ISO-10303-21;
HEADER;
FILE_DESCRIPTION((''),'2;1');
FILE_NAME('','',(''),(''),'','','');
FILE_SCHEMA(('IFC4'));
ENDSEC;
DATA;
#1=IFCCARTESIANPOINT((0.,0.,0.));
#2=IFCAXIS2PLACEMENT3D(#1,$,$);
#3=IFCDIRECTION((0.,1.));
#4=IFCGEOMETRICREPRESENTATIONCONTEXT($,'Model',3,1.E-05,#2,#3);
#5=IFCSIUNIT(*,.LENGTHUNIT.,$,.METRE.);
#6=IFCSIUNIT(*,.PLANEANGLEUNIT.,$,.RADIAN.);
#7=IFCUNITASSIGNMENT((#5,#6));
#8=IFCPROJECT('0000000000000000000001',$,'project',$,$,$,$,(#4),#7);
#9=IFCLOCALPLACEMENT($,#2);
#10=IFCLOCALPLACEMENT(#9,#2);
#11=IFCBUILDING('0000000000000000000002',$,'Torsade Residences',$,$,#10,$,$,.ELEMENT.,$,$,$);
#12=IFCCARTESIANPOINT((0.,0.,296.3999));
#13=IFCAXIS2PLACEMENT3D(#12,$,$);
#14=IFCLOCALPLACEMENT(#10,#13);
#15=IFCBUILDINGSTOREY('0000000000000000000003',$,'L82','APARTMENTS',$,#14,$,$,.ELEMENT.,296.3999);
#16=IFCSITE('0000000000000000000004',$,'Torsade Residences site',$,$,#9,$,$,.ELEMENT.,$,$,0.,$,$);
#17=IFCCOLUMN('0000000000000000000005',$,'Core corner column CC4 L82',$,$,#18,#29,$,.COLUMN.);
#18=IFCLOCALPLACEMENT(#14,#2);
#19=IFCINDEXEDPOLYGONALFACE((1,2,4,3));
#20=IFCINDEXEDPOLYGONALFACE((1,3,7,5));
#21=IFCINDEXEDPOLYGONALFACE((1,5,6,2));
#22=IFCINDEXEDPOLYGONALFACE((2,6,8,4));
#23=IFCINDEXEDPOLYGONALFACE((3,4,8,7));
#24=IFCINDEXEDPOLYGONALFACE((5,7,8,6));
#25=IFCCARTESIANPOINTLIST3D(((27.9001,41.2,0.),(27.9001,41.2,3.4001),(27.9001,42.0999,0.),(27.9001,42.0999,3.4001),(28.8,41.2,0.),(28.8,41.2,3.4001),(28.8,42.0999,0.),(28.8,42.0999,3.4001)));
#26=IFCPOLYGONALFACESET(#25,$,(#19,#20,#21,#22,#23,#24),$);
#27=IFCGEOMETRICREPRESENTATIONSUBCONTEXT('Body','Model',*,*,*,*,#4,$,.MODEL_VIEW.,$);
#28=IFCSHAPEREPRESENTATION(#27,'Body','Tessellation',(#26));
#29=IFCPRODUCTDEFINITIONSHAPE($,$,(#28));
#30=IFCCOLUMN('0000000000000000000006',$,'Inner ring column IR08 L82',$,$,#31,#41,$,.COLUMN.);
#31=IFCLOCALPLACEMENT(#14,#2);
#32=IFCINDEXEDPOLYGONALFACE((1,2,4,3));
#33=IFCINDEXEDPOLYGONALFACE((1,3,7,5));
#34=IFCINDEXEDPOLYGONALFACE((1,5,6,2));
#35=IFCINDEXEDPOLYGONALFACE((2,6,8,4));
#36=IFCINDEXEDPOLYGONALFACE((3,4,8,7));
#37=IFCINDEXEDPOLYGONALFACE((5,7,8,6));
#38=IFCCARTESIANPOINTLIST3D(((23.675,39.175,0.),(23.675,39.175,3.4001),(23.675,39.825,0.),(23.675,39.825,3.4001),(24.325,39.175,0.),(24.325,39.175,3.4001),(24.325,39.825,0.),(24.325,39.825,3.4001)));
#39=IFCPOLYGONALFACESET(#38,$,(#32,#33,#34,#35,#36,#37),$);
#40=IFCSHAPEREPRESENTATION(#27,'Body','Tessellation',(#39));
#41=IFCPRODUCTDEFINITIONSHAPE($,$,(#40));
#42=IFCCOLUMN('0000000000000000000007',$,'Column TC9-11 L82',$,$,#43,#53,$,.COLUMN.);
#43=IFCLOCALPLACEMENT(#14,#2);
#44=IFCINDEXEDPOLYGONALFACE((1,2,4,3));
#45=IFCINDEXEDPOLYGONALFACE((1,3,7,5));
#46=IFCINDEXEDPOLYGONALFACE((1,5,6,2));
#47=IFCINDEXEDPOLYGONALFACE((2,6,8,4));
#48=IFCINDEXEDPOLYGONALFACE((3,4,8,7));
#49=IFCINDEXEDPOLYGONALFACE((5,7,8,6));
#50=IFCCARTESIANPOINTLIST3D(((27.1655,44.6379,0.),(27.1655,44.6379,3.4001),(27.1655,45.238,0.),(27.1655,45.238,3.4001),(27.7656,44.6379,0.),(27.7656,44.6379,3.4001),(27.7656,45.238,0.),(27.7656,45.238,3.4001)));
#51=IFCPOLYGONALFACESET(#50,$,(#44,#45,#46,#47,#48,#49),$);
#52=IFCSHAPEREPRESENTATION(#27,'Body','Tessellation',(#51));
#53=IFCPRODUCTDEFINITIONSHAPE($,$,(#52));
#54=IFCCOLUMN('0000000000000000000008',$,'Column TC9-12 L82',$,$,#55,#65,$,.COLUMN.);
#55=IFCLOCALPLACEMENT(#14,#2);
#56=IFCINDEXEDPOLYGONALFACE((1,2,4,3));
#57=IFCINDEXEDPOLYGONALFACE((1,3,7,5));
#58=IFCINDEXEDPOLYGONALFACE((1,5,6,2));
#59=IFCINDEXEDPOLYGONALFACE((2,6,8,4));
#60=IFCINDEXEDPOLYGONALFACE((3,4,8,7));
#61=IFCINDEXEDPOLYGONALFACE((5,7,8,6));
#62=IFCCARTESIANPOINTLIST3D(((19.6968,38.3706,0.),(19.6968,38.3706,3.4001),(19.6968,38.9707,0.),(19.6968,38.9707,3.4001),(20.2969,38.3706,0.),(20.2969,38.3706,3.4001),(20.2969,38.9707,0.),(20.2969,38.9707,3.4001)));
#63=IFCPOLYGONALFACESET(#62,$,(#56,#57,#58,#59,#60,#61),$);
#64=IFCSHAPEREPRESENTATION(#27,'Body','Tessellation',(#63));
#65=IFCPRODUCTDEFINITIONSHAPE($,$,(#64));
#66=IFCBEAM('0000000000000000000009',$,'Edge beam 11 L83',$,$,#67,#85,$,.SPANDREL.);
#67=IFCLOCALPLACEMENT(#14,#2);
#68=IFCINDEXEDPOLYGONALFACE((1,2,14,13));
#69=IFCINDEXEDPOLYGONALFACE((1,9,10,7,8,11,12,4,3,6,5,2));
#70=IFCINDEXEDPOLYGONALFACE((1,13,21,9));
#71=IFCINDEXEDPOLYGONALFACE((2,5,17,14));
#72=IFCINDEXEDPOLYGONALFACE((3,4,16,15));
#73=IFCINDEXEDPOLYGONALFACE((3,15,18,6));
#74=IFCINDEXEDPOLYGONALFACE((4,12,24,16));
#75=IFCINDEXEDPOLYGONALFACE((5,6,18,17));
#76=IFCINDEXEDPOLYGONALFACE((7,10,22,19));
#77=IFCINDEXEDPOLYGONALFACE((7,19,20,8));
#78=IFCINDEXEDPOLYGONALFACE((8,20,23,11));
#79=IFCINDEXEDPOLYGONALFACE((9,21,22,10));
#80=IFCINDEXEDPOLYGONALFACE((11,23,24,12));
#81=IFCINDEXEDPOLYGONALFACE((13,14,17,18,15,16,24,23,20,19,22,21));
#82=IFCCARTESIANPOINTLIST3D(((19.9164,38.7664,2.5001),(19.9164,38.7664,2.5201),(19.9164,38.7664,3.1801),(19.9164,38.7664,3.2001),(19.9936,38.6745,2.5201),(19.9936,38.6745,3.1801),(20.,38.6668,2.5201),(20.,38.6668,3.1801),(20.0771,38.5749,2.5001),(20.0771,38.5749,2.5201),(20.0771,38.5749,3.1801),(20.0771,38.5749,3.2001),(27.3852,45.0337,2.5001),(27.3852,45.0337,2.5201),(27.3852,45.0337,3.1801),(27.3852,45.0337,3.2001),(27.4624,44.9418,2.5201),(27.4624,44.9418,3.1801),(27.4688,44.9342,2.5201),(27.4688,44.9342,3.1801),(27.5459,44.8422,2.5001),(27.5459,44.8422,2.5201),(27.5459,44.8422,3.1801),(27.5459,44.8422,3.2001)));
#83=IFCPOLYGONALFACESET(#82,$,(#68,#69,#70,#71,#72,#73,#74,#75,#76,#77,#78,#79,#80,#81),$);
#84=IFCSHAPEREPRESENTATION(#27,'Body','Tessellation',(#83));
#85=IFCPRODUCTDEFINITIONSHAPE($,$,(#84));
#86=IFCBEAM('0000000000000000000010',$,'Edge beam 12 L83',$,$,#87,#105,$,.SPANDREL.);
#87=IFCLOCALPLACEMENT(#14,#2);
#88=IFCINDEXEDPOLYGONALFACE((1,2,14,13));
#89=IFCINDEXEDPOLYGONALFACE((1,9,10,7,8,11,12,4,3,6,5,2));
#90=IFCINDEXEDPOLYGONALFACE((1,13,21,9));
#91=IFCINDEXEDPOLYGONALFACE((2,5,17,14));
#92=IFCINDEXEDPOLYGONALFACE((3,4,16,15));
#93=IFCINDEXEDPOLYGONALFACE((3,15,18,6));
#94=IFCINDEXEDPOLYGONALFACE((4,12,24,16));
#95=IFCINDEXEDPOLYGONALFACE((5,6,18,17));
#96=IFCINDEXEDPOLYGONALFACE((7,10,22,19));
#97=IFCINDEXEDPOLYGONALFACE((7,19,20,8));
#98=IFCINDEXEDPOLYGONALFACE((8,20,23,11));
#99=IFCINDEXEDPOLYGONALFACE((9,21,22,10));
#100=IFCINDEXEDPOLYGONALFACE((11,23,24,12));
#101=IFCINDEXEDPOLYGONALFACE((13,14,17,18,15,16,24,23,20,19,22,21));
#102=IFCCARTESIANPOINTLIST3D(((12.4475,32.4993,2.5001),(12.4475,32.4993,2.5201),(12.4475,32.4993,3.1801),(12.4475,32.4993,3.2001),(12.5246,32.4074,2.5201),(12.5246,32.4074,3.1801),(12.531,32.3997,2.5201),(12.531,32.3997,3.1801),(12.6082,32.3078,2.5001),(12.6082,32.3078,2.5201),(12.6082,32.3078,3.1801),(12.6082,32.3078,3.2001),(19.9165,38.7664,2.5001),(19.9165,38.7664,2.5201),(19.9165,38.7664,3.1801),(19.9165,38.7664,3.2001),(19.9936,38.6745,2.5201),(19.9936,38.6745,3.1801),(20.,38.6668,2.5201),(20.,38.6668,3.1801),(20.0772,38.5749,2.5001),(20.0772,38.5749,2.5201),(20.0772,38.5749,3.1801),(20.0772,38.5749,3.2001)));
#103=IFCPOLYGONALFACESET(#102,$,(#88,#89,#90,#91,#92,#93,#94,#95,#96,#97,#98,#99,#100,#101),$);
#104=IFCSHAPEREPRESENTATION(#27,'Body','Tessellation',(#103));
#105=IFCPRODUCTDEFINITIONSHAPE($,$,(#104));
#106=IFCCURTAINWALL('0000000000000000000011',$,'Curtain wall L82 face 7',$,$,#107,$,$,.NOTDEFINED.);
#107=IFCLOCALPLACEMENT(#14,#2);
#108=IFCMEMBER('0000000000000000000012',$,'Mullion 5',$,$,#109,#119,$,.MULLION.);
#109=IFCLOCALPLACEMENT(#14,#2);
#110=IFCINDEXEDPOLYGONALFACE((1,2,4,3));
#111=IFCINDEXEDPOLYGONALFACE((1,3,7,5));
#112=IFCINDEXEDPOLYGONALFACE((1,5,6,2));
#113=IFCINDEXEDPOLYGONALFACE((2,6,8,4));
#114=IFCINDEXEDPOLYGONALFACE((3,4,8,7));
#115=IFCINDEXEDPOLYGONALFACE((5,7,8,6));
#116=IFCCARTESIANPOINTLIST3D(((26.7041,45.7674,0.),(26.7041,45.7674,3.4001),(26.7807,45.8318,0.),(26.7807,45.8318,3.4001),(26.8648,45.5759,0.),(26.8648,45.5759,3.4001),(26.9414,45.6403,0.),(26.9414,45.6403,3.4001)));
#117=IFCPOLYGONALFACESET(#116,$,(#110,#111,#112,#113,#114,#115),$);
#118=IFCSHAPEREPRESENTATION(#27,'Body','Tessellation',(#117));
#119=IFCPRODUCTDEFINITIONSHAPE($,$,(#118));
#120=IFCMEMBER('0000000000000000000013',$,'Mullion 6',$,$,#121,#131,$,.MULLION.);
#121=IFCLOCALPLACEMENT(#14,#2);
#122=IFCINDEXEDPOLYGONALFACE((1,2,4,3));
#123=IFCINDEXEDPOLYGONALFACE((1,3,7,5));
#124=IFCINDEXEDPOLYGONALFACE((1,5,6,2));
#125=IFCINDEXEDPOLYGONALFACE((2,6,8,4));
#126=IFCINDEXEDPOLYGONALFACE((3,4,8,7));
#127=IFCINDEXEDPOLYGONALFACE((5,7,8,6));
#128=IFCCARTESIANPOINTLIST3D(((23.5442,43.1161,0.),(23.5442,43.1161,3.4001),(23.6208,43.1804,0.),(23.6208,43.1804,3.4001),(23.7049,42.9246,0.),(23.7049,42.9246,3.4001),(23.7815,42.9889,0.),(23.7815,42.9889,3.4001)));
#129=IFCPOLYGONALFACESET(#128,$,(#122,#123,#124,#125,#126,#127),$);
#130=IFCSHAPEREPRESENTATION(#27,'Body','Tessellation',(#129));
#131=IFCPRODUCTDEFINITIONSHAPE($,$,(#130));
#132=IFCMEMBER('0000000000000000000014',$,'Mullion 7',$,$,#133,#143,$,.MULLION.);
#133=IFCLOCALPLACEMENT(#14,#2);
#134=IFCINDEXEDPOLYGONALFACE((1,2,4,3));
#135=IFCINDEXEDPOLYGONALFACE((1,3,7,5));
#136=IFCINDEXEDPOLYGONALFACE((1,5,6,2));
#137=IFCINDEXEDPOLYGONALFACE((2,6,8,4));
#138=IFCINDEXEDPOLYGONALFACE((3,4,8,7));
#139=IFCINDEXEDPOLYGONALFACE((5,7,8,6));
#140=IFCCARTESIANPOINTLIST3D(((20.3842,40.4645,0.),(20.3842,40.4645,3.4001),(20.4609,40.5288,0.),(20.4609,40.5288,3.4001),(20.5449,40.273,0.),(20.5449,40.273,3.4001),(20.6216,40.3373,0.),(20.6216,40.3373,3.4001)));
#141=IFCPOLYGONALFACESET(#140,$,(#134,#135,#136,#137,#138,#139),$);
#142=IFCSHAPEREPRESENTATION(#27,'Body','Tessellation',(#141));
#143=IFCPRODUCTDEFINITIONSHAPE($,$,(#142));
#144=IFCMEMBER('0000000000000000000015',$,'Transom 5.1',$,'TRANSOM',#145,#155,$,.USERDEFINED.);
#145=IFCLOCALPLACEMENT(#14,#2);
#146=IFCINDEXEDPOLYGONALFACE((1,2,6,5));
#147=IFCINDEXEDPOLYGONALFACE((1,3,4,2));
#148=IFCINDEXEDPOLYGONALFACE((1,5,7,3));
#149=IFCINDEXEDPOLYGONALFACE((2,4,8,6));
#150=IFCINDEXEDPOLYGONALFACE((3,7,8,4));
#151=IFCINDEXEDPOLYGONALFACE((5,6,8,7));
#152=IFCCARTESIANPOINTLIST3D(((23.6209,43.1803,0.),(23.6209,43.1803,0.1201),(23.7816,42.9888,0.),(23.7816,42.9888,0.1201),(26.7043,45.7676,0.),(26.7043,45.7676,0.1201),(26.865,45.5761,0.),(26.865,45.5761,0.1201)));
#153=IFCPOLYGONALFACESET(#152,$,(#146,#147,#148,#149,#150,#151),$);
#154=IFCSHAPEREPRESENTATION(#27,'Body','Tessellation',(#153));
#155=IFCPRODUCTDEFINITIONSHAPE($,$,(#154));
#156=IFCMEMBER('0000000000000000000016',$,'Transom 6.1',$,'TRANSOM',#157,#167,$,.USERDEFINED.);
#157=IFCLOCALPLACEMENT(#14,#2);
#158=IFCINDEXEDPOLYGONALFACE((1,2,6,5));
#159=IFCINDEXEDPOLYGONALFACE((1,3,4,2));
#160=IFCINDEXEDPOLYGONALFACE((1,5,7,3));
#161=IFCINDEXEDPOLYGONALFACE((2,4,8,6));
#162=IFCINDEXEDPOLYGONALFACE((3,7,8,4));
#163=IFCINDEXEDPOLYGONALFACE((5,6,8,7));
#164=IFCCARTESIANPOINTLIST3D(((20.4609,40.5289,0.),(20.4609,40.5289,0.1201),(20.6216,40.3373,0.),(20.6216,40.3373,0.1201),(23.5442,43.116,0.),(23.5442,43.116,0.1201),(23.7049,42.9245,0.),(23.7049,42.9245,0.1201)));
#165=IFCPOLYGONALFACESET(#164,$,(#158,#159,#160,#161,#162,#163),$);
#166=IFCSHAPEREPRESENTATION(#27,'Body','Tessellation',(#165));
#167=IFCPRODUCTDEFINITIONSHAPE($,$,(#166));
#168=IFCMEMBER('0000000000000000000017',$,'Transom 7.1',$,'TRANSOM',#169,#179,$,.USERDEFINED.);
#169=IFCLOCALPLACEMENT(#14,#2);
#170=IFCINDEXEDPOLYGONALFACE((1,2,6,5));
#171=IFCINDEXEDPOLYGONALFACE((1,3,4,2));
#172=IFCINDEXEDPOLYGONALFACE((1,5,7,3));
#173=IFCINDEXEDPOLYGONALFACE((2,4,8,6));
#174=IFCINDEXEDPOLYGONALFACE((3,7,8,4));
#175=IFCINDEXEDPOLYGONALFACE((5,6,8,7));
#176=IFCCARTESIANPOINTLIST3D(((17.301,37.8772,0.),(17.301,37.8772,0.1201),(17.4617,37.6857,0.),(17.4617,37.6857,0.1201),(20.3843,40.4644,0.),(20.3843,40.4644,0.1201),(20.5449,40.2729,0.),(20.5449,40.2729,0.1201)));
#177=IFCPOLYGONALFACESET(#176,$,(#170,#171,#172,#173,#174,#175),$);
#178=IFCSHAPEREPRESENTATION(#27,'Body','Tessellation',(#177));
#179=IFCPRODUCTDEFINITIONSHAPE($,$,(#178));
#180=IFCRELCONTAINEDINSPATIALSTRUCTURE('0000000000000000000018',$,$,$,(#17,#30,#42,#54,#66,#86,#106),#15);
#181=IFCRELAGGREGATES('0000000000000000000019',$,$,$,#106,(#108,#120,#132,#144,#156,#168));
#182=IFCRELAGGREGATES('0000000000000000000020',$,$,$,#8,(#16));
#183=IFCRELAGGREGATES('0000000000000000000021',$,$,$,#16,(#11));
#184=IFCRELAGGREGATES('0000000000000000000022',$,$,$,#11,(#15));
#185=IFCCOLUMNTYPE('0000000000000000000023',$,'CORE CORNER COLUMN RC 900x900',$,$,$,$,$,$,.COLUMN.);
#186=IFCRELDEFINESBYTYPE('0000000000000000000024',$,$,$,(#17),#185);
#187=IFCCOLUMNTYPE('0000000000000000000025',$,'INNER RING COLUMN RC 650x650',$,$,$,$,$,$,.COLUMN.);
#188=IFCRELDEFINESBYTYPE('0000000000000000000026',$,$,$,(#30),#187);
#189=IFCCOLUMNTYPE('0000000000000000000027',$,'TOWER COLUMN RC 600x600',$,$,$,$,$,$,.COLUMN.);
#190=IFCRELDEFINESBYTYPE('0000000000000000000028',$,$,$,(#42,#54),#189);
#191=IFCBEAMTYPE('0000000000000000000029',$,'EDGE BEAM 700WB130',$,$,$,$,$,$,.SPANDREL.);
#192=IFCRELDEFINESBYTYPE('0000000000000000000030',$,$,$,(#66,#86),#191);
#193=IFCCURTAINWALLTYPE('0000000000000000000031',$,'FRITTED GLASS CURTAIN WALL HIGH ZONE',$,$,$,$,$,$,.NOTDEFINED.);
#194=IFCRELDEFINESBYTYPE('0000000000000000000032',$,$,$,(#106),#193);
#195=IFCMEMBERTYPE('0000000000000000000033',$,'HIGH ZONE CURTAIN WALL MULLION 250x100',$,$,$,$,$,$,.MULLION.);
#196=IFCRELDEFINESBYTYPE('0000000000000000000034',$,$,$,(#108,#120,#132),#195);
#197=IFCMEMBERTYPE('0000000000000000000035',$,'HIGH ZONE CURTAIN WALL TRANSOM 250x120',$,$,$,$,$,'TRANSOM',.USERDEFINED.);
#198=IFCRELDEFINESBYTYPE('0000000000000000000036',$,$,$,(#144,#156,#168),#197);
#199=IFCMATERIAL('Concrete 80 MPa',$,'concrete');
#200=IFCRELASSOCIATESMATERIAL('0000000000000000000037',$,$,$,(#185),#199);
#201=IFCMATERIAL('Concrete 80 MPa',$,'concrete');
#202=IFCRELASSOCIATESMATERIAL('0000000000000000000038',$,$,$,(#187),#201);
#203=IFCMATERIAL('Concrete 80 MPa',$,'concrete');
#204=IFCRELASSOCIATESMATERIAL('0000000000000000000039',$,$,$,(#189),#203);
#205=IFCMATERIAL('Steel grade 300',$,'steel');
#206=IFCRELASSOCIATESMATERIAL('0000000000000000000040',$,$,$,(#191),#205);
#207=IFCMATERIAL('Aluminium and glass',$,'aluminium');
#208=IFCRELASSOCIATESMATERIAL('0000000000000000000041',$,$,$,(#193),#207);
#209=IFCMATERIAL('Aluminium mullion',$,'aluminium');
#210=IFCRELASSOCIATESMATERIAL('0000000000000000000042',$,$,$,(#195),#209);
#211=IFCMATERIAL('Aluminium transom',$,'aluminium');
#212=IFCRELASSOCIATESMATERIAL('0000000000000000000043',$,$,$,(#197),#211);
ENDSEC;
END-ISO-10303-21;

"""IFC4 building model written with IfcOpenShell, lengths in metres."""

from ifc_helpers import new_model, si_unit, direction, frame, origin, origin_2d, place, context, subcontext, project, spatial, rectangle, i_section, extrude, material, material_profile, profile_set, type_object, element, aggregate, save


model = new_model("IFC4")

# Units and contexts
model_context = context("Model", 3, precision=1e-05, world=origin(), true_north=direction((0.0, 1.0)))
body_context = subcontext(model_context, "Body", "Model", "MODEL_VIEW")
ifc_project = project(units=[si_unit("LENGTHUNIT", "METRE"), si_unit("PLANEANGLEUNIT", "RADIAN")], contexts=[model_context])

# Site, building, storey
site_placement = place(None, origin())
site = spatial("IfcSite", under=ifc_project, at=site_placement, Name="Torsade Residences site", CompositionType="ELEMENT", RefElevation=0.0)
building_placement = place(site_placement, origin())
building = spatial("IfcBuilding", under=site, at=building_placement, Name="Torsade Residences", CompositionType="ELEMENT")
storey_placement = place(building_placement, frame((0.0, 0.0, 296.3999)))
storey = spatial("IfcBuildingStorey", under=building, at=storey_placement, Name="L82", Description="APARTMENTS", CompositionType="ELEMENT", Elevation=296.3999)

# Columns
ifc_material_1 = material(Name="Concrete 80 MPa", Category="concrete")
ifc_material_profile_1 = material_profile(ifc_material_1, rectangle(XDim=0.8999, YDim=0.8999, at=origin_2d()), Name="RC 900x900")
ifc_profile_set_1 = profile_set([ifc_material_profile_1], Name="Concrete 80 MPa")
column_type_1 = type_object("IfcColumnType", Name="CORE CORNER COLUMN RC 900x900", PredefinedType="COLUMN", material=ifc_profile_set_1)
column_1_placement = place(storey_placement, frame((28.3501, 41.6499, 0.0), z_axis=(0.0, 0.0, 1.0), x_axis=(1.0, 0.0, 0.0)))
element("IfcColumn", 1, at=column_1_placement, inside=storey, type_object=column_type_1, Name="Core corner column CC4 L82", PredefinedType="COLUMN", context=body_context, shape_type="SweptSolid", body=[
    extrude(rectangle(XDim=0.8999, YDim=0.8999, at=origin_2d()), origin(), (0.0, 0.0, 1.0), 3.4001),
])
ifc_material_2 = material(Name="Concrete 80 MPa", Category="concrete")
ifc_material_profile_2 = material_profile(ifc_material_2, rectangle(XDim=0.6499, YDim=0.6499, at=origin_2d()), Name="RC 650x650")
ifc_profile_set_2 = profile_set([ifc_material_profile_2], Name="Concrete 80 MPa")
column_type_2 = type_object("IfcColumnType", Name="INNER RING COLUMN RC 650x650", PredefinedType="COLUMN", material=ifc_profile_set_2)
column_2_placement = place(storey_placement, frame((24.0, 39.5, 0.0), z_axis=(0.0, 0.0, 1.0), x_axis=(1.0, 0.0, 0.0)))
element("IfcColumn", 2, at=column_2_placement, inside=storey, type_object=column_type_2, Name="Inner ring column IR08 L82", PredefinedType="COLUMN", context=body_context, shape_type="SweptSolid", body=[
    extrude(rectangle(XDim=0.6499, YDim=0.6499, at=origin_2d()), origin(), (0.0, 0.0, 1.0), 3.4001),
])
ifc_material_3 = material(Name="Concrete 80 MPa", Category="concrete")
ifc_material_profile_3 = material_profile(ifc_material_3, rectangle(XDim=0.6001, YDim=0.6001, at=origin_2d()), Name="RC 600x600")
ifc_profile_set_3 = profile_set([ifc_material_profile_3], Name="Concrete 80 MPa")
column_type_3 = type_object("IfcColumnType", Name="TOWER COLUMN RC 600x600", PredefinedType="COLUMN", material=ifc_profile_set_3)
for number, where, z_axis, x_axis, name in (
    (3, (27.4656, 44.938, 0.0), (0.0, 0.0, 1.0), (1.0, 0.0, 0.0), "Column TC9-11 L82"),
    (4, (19.9968, 38.6707, 0.0), (0.0, 0.0, 1.0), (1.0, 0.0, 0.0), "Column TC9-12 L82"),
):
    element("IfcColumn", number, at=place(storey_placement, frame(where, z_axis=z_axis, x_axis=x_axis)), inside=storey, type_object=column_type_3, Name=name, PredefinedType="COLUMN", context=body_context, shape_type="SweptSolid", body=[
        extrude(rectangle(XDim=0.6001, YDim=0.6001, at=origin_2d()), origin(), (0.0, 0.0, 1.0), 3.4001),
    ])

# Beams
ifc_material_4 = material(Name="Steel grade 300", Category="steel")
ifc_material_profile_4 = material_profile(ifc_material_4, i_section(OverallWidth=0.25, OverallDepth=0.7, WebThickness=0.01, FlangeThickness=0.02, at=origin_2d()), Name="700WB130")
ifc_profile_set_4 = profile_set([ifc_material_profile_4], Name="Steel grade 300")
beam_type_1 = type_object("IfcBeamType", Name="EDGE BEAM 700WB130", PredefinedType="SPANDREL", material=ifc_profile_set_4)
for number, where, z_axis, x_axis, name in (
    (5, (27.4656, 44.938, 2.8501), (-0.766029, -0.642806, 0.0), (0.642806, -0.766029, 0.0), "Edge beam 11 L83"),
    (6, (19.9968, 38.6707, 2.8501), (-0.766052, -0.642779, 0.0), (0.642779, -0.766052, 0.0), "Edge beam 12 L83"),
):
    element("IfcBeam", number, at=place(storey_placement, frame(where, z_axis=z_axis, x_axis=x_axis)), inside=storey, type_object=beam_type_1, Name=name, PredefinedType="SPANDREL", context=body_context, shape_type="SweptSolid", body=[
        extrude(i_section(OverallWidth=0.25, OverallDepth=0.7, WebThickness=0.01, FlangeThickness=0.02, at=origin_2d()), origin(), (0.0, 0.0, 1.0), 9.75),
    ])

# Curtain wall, members
ifc_material_5 = material(Name="Aluminium and glass", Category="aluminium")
curtain_wall_type = type_object("IfcCurtainWallType", Name="FRITTED GLASS CURTAIN WALL HIGH ZONE", PredefinedType="NOTDEFINED", material=ifc_material_5)
curtain_wall_placement = place(storey_placement, origin())
curtain_wall = element("IfcCurtainWall", 7, at=curtain_wall_placement, inside=storey, type_object=curtain_wall_type, Name="Curtain wall L82 face 7", PredefinedType="NOTDEFINED")
ifc_material_6 = material(Name="Aluminium mullion", Category="aluminium")
ifc_material_profile_5 = material_profile(ifc_material_6, rectangle(XDim=0.25, YDim=0.1001, at=origin_2d()), Name="HIGH ZONE CURTAIN WALL MULLION 250x100")
ifc_profile_set_5 = profile_set([ifc_material_profile_5], Name="Aluminium mullion")
member_type_1 = type_object("IfcMemberType", Name="HIGH ZONE CURTAIN WALL MULLION 250x100", PredefinedType="MULLION", material=ifc_profile_set_5)
member_1_placement = place(storey_placement, frame((26.8228, 45.7039, 0.0), z_axis=(0.0, 0.0, 1.0), x_axis=(0.642788, -0.766044, 0.0)))
member_1 = element("IfcMember", 8, at=member_1_placement, type_object=member_type_1, Name="Mullion 5", PredefinedType="MULLION", context=body_context, shape_type="SweptSolid", body=[
    extrude(rectangle(XDim=0.25, YDim=0.1001, at=origin_2d()), origin(), (0.0, 0.0, 1.0), 3.4001),
])
member_2_placement = place(storey_placement, frame((23.6628, 43.0525, 0.0), z_axis=(0.0, 0.0, 1.0), x_axis=(0.642788, -0.766044, 0.0)))
member_2 = element("IfcMember", 9, at=member_2_placement, type_object=member_type_1, Name="Mullion 6", PredefinedType="MULLION", context=body_context, shape_type="SweptSolid", body=[
    extrude(rectangle(XDim=0.25, YDim=0.1001, at=origin_2d()), origin(), (0.0, 0.0, 1.0), 3.4001),
])
member_3_placement = place(storey_placement, frame((20.5029, 40.4009, 0.0), z_axis=(0.0, 0.0, 1.0), x_axis=(0.642788, -0.766044, 0.0)))
member_3 = element("IfcMember", 10, at=member_3_placement, type_object=member_type_1, Name="Mullion 7", PredefinedType="MULLION", context=body_context, shape_type="SweptSolid", body=[
    extrude(rectangle(XDim=0.25, YDim=0.1001, at=origin_2d()), origin(), (0.0, 0.0, 1.0), 3.4001),
])
ifc_material_7 = material(Name="Aluminium transom", Category="aluminium")
ifc_material_profile_6 = material_profile(ifc_material_7, rectangle(XDim=0.25, YDim=0.1201, at=origin_2d()), Name="HIGH ZONE CURTAIN WALL TRANSOM 250x120")
ifc_profile_set_6 = profile_set([ifc_material_profile_6], Name="Aluminium transom")
member_type_2 = type_object("IfcMemberType", Name="HIGH ZONE CURTAIN WALL TRANSOM 250x120", ElementType="TRANSOM", PredefinedType="USERDEFINED", material=ifc_profile_set_6)
member_4_placement = place(storey_placement, frame((26.7847, 45.6719, 0.0601), z_axis=(-0.766039, -0.642794, 0.0), x_axis=(0.642794, -0.766039, 0.0)))
member_4 = element("IfcMember", 11, at=member_4_placement, type_object=member_type_2, Name="Transom 5.1", ObjectType="TRANSOM", PredefinedType="USERDEFINED", context=body_context, shape_type="SweptSolid", body=[
    extrude(rectangle(XDim=0.25, YDim=0.1201, at=origin_2d()), origin(), (0.0, 0.0, 1.0), 4.0251),
])
member_5_placement = place(storey_placement, frame((23.6245, 43.0203, 0.0601), z_axis=(-0.766044, -0.642788, 0.0), x_axis=(0.642788, -0.766044, 0.0)))
member_5 = element("IfcMember", 12, at=member_5_placement, type_object=member_type_2, Name="Transom 6.1", ObjectType="TRANSOM", PredefinedType="USERDEFINED", context=body_context, shape_type="SweptSolid", body=[
    extrude(rectangle(XDim=0.25, YDim=0.1201, at=origin_2d()), origin(), (0.0, 0.0, 1.0), 4.0249),
])
member_6_placement = place(storey_placement, frame((20.4646, 40.3687, 0.0601), z_axis=(-0.766044, -0.642788, 0.0), x_axis=(0.642788, -0.766044, 0.0)))
member_6 = element("IfcMember", 13, at=member_6_placement, type_object=member_type_2, Name="Transom 7.1", ObjectType="TRANSOM", PredefinedType="USERDEFINED", context=body_context, shape_type="SweptSolid", body=[
    extrude(rectangle(XDim=0.25, YDim=0.1201, at=origin_2d()), origin(), (0.0, 0.0, 1.0), 4.0249),
])

aggregate(curtain_wall, [member_1, member_2, member_3, member_4, member_5, member_6])

save(model, "model.ifc")
